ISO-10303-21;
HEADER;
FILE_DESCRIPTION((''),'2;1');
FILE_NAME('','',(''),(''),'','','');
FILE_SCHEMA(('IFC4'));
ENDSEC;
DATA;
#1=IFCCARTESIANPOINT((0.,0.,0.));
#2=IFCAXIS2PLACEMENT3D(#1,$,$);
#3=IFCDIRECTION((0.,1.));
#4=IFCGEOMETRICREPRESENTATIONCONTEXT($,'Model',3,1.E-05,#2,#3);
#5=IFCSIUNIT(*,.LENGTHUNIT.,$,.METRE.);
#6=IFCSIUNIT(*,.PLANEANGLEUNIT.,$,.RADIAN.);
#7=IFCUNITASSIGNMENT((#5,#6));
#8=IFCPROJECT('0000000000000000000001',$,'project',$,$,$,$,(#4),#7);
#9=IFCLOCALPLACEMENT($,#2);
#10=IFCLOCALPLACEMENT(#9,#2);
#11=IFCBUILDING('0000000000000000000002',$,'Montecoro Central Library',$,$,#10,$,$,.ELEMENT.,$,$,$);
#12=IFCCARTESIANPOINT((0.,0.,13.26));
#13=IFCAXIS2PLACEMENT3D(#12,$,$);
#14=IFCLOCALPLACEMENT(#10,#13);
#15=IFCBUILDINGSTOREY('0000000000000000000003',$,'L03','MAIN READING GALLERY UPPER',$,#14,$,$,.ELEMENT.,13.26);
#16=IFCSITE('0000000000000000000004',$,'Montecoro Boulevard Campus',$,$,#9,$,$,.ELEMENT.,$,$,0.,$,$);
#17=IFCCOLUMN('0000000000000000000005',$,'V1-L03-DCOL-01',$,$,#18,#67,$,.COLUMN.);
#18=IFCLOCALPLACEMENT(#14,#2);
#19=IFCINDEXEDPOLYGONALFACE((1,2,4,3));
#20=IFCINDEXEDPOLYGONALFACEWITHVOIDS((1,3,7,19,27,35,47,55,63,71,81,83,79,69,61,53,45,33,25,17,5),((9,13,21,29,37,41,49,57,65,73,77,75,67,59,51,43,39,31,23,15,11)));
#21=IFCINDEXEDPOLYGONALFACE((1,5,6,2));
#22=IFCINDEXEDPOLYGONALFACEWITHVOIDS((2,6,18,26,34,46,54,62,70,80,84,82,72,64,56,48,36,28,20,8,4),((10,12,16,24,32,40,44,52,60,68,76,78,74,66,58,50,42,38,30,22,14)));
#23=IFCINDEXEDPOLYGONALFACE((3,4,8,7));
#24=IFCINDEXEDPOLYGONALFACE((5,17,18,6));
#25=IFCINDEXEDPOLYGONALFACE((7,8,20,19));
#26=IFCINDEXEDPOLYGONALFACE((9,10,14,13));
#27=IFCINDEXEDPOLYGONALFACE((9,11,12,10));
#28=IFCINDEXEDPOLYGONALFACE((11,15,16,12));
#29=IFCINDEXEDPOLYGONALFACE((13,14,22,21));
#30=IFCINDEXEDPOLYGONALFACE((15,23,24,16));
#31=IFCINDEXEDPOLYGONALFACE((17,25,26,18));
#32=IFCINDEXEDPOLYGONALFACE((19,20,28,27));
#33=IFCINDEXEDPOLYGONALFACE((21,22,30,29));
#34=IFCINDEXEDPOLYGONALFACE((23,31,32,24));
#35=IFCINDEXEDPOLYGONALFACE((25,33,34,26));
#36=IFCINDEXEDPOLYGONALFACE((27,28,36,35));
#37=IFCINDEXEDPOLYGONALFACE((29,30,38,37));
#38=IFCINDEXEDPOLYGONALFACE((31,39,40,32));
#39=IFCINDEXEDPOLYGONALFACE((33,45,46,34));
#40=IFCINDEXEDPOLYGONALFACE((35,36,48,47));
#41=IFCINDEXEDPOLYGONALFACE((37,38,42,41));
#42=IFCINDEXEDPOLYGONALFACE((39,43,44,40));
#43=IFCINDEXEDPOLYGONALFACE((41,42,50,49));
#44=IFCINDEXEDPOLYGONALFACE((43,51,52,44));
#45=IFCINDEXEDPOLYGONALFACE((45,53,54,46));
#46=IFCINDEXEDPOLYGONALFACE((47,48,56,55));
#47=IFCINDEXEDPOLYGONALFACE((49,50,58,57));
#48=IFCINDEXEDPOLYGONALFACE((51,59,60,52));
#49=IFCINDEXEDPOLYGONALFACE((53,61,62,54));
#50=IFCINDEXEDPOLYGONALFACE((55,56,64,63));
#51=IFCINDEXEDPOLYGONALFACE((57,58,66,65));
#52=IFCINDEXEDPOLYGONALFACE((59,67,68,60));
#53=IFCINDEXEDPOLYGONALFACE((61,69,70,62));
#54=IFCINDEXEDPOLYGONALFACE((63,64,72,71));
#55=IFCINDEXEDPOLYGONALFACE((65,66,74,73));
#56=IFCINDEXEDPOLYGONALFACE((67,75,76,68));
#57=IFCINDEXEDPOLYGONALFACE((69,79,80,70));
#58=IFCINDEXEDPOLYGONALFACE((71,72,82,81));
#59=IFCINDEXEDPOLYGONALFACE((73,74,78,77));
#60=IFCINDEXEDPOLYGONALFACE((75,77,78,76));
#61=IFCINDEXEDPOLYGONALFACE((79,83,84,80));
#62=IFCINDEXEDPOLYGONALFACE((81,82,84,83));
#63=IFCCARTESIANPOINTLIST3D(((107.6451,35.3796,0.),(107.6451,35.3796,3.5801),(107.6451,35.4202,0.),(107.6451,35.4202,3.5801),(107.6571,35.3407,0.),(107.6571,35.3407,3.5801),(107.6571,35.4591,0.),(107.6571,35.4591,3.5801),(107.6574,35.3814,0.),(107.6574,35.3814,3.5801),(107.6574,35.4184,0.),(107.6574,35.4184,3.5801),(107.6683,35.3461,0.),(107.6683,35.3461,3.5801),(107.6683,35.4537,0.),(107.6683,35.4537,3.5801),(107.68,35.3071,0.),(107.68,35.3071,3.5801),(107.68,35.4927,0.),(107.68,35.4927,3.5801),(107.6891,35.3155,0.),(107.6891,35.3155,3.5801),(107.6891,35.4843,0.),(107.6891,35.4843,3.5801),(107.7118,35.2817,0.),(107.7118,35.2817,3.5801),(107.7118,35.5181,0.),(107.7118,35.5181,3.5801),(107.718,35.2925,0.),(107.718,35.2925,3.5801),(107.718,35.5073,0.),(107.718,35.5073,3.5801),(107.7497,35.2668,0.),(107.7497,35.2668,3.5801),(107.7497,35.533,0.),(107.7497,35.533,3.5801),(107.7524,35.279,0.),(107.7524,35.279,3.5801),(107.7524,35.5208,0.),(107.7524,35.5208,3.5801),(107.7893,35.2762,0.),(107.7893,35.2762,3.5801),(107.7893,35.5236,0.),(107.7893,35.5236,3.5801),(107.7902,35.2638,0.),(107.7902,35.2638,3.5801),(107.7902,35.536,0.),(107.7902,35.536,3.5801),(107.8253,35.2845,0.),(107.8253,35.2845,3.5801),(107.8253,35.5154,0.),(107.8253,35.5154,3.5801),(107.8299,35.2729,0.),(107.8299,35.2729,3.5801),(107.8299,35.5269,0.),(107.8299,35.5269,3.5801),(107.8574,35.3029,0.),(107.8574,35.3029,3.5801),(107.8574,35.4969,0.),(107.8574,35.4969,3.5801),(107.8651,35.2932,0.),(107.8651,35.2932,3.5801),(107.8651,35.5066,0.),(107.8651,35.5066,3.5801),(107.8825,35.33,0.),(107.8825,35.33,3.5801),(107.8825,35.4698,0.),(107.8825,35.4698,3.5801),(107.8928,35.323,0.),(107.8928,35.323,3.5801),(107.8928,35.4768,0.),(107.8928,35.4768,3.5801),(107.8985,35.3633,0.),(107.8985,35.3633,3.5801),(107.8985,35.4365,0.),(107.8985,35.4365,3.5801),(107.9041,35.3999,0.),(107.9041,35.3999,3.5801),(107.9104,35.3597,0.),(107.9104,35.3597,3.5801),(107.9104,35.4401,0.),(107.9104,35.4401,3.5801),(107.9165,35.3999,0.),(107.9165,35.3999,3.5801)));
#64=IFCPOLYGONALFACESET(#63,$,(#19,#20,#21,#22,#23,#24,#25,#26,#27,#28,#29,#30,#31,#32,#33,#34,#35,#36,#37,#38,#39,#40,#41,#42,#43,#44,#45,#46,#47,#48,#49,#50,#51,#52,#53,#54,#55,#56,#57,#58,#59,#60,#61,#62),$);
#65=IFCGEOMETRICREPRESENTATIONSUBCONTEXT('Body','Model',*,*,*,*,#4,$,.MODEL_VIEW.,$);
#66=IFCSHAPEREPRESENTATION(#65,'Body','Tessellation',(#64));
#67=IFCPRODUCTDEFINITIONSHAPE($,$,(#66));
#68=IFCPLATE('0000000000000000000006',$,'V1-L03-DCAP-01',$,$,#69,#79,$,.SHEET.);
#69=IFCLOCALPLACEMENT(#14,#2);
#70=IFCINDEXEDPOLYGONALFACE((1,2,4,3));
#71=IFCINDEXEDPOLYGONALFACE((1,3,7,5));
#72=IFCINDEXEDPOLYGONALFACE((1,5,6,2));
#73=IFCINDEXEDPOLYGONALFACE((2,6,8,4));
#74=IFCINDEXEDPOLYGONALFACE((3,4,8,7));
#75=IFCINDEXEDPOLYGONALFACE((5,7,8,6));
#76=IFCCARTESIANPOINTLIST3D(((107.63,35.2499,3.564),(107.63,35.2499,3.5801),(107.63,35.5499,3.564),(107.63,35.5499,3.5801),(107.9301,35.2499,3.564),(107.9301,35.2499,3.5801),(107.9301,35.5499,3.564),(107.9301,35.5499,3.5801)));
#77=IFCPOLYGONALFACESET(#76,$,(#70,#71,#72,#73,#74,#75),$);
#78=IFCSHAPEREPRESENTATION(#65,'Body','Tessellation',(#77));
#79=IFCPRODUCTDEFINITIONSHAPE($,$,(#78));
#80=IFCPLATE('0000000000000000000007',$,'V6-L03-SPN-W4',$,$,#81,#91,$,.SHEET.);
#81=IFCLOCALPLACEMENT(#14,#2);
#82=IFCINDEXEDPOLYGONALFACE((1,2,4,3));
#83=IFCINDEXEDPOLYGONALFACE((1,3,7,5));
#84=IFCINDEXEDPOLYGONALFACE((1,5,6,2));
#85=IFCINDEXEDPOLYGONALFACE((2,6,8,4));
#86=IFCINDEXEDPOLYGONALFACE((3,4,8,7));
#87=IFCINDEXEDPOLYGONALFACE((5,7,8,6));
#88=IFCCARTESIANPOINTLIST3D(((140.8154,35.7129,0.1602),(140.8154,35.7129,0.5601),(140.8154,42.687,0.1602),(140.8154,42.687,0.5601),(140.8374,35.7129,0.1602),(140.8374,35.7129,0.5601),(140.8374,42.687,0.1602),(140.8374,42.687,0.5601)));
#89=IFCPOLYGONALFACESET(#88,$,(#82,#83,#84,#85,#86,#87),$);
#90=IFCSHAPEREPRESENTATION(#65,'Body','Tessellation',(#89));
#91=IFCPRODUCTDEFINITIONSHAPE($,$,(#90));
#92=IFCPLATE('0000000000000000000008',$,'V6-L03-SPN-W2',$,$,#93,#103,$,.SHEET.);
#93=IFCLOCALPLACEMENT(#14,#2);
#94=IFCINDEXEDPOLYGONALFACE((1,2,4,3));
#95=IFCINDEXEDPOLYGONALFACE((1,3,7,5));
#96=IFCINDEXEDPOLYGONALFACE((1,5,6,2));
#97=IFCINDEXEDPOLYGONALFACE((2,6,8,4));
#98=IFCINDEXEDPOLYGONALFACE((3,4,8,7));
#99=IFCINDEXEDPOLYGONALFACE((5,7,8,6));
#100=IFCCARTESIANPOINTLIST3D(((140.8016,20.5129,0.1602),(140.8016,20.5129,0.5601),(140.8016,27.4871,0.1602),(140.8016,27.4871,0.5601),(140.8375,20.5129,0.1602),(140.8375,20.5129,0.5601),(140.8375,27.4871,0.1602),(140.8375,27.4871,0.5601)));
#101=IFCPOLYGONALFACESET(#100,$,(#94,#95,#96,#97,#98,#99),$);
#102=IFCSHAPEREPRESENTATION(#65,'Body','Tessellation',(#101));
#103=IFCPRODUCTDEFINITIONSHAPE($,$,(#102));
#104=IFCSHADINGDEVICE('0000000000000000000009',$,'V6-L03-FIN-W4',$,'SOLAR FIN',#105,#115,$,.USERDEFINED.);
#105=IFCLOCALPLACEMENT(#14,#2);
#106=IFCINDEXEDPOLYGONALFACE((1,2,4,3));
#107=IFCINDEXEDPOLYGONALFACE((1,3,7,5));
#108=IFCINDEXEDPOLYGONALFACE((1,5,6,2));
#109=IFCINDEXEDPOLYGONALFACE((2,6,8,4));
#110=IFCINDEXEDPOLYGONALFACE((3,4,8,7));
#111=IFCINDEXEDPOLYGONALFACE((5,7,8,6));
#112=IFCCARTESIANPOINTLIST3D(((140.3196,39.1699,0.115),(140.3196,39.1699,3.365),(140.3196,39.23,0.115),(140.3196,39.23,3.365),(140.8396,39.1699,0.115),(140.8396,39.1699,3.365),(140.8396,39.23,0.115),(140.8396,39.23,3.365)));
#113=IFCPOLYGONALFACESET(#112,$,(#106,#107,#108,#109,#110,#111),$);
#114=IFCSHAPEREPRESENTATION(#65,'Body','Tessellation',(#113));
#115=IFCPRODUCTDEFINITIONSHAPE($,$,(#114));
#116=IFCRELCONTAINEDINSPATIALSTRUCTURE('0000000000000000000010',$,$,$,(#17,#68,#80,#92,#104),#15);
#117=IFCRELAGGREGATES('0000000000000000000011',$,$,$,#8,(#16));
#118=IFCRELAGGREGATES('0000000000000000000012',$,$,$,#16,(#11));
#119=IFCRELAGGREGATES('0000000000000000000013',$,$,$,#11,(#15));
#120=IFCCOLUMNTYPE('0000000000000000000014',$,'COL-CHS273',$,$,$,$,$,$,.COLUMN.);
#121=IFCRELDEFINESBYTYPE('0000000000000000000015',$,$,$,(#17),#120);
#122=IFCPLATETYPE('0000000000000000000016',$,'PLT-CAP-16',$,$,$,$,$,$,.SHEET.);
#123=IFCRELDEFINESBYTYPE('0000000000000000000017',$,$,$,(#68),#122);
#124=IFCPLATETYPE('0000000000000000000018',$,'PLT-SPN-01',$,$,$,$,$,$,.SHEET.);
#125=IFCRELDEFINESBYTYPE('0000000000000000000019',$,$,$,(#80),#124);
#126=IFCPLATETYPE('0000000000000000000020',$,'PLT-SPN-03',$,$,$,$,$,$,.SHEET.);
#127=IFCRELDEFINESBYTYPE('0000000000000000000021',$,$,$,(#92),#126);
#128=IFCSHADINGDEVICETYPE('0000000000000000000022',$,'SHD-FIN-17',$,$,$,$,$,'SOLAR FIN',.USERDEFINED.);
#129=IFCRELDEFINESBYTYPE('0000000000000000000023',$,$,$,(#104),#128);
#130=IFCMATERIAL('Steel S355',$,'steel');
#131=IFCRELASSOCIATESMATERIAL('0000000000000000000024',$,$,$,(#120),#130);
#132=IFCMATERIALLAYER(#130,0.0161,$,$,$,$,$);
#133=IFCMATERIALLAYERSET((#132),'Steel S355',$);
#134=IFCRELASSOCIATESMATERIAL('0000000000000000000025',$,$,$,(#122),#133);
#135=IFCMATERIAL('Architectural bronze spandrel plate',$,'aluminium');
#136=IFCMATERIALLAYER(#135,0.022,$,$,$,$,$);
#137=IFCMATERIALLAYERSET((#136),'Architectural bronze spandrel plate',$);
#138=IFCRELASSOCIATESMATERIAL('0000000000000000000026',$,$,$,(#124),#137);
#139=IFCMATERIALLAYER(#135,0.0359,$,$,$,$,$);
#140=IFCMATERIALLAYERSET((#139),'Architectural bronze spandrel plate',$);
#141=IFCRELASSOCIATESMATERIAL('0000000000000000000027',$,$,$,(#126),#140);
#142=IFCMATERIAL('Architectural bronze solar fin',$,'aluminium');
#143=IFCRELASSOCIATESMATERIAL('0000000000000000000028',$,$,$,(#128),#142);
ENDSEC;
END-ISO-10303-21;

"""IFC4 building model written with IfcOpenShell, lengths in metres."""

from ifc_helpers import new_model, si_unit, direction, frame, origin, origin_2d, place, context, subcontext, project, spatial, rectangle, hollow_circle, extrude, material, layer, layer_set, material_profile, profile_set, type_object, element, save


model = new_model("IFC4")

# Units and contexts
model_context = context("Model", 3, precision=1e-05, world=origin(), true_north=direction((0.0, 1.0)))
body_context = subcontext(model_context, "Body", "Model", "MODEL_VIEW")
ifc_project = project(units=[si_unit("LENGTHUNIT", "METRE"), si_unit("PLANEANGLEUNIT", "RADIAN")], contexts=[model_context])

# Site, building, storey
site_placement = place(None, origin())
site = spatial("IfcSite", under=ifc_project, at=site_placement, Name="Montecoro Boulevard Campus", CompositionType="ELEMENT", RefElevation=0.0)
building_placement = place(site_placement, origin())
building = spatial("IfcBuilding", under=site, at=building_placement, Name="Montecoro Central Library", CompositionType="ELEMENT")
storey_placement = place(building_placement, frame((0.0, 0.0, 13.26)))
storey = spatial("IfcBuildingStorey", under=building, at=storey_placement, Name="L03", Description="MAIN READING GALLERY UPPER", CompositionType="ELEMENT", Elevation=13.26)

# Column
ifc_material_1 = material(Name="Steel S355", Category="steel")
ifc_material_profile = material_profile(ifc_material_1, hollow_circle(Radius=0.1365, WallThickness=0.0125, at=origin_2d()), Name="CHS 273.0x12.5")
ifc_profile_set = profile_set([ifc_material_profile], Name="Steel S355")
column_type = type_object("IfcColumnType", Name="COL-CHS273", PredefinedType="COLUMN", material=ifc_profile_set)
column_placement = place(storey_placement, frame((107.78, 35.3999, 0.0), z_axis=(0.0, 0.0, 1.0), x_axis=(1.0, 0.0, 0.0)))
element("IfcColumn", 1, at=column_placement, inside=storey, type_object=column_type, Name="V1-L03-DCOL-01", PredefinedType="COLUMN", context=body_context, shape_type="SweptSolid", body=[
    extrude(hollow_circle(Radius=0.1365, WallThickness=0.0125, at=origin_2d()), origin(), (0.0, 0.0, 1.0), 3.5801),
])

# Plates
ifc_layer_1 = layer(ifc_material_1, 0.0161)
ifc_layer_set_1 = layer_set([ifc_layer_1], Name="Steel S355")
plate_type_1 = type_object("IfcPlateType", Name="PLT-CAP-16", PredefinedType="SHEET", material=ifc_layer_set_1)
plate_1_placement = place(storey_placement, frame((107.78, 35.3999, 3.564), z_axis=(0.0, 0.0, 1.0), x_axis=(1.0, 0.0, 0.0)))
element("IfcPlate", 2, at=plate_1_placement, inside=storey, type_object=plate_type_1, Name="V1-L03-DCAP-01", PredefinedType="SHEET", context=body_context, shape_type="SweptSolid", body=[
    extrude(rectangle(XDim=0.3, YDim=0.3, at=origin_2d()), origin(), (0.0, 0.0, 1.0), 0.0161),
])
ifc_material_2 = material(Name="Architectural bronze spandrel plate", Category="aluminium")
ifc_layer_2 = layer(ifc_material_2, 0.022)
ifc_layer_set_2 = layer_set([ifc_layer_2], Name="Architectural bronze spandrel plate")
plate_type_2 = type_object("IfcPlateType", Name="PLT-SPN-01", PredefinedType="SHEET", material=ifc_layer_set_2)
plate_2_placement = place(storey_placement, frame((140.8264, 39.2, 0.1602), z_axis=(0.0, 0.0, 1.0), x_axis=(0.0, -1.0, 0.0)))
element("IfcPlate", 3, at=plate_2_placement, inside=storey, type_object=plate_type_2, Name="V6-L03-SPN-W4", PredefinedType="SHEET", context=body_context, shape_type="SweptSolid", body=[
    extrude(rectangle(XDim=6.9741, YDim=0.022, at=origin_2d()), origin(), (0.0, 0.0, 1.0), 0.3999),
])
ifc_layer_3 = layer(ifc_material_2, 0.0359)
ifc_layer_set_3 = layer_set([ifc_layer_3], Name="Architectural bronze spandrel plate")
plate_type_3 = type_object("IfcPlateType", Name="PLT-SPN-03", PredefinedType="SHEET", material=ifc_layer_set_3)
plate_3_placement = place(storey_placement, frame((140.8196, 24.0, 0.1602), z_axis=(0.0, 0.0, 1.0), x_axis=(0.0, -1.0, 0.0)))
element("IfcPlate", 4, at=plate_3_placement, inside=storey, type_object=plate_type_3, Name="V6-L03-SPN-W2", PredefinedType="SHEET", context=body_context, shape_type="SweptSolid", body=[
    extrude(rectangle(XDim=6.9741, YDim=0.0359, at=origin_2d()), origin(), (0.0, 0.0, 1.0), 0.3999),
])

# Shading device
ifc_material_3 = material(Name="Architectural bronze solar fin", Category="aluminium")
shading_device_type = type_object("IfcShadingDeviceType", Name="SHD-FIN-17", ElementType="SOLAR FIN", PredefinedType="USERDEFINED", material=ifc_material_3)
shading_device_placement = place(storey_placement, frame((140.5796, 39.2, 0.115), z_axis=(0.0, 0.0, 1.0), x_axis=(0.0, -1.0, 0.0)))
element("IfcShadingDevice", 5, at=shading_device_placement, inside=storey, type_object=shading_device_type, Name="V6-L03-FIN-W4", ObjectType="SOLAR FIN", PredefinedType="USERDEFINED", context=body_context, shape_type="SweptSolid", body=[
    extrude(rectangle(XDim=0.0601, YDim=0.52, at=origin_2d()), origin(), (0.0, 0.0, 1.0), 3.25),
])

save(model, "model.ifc")
